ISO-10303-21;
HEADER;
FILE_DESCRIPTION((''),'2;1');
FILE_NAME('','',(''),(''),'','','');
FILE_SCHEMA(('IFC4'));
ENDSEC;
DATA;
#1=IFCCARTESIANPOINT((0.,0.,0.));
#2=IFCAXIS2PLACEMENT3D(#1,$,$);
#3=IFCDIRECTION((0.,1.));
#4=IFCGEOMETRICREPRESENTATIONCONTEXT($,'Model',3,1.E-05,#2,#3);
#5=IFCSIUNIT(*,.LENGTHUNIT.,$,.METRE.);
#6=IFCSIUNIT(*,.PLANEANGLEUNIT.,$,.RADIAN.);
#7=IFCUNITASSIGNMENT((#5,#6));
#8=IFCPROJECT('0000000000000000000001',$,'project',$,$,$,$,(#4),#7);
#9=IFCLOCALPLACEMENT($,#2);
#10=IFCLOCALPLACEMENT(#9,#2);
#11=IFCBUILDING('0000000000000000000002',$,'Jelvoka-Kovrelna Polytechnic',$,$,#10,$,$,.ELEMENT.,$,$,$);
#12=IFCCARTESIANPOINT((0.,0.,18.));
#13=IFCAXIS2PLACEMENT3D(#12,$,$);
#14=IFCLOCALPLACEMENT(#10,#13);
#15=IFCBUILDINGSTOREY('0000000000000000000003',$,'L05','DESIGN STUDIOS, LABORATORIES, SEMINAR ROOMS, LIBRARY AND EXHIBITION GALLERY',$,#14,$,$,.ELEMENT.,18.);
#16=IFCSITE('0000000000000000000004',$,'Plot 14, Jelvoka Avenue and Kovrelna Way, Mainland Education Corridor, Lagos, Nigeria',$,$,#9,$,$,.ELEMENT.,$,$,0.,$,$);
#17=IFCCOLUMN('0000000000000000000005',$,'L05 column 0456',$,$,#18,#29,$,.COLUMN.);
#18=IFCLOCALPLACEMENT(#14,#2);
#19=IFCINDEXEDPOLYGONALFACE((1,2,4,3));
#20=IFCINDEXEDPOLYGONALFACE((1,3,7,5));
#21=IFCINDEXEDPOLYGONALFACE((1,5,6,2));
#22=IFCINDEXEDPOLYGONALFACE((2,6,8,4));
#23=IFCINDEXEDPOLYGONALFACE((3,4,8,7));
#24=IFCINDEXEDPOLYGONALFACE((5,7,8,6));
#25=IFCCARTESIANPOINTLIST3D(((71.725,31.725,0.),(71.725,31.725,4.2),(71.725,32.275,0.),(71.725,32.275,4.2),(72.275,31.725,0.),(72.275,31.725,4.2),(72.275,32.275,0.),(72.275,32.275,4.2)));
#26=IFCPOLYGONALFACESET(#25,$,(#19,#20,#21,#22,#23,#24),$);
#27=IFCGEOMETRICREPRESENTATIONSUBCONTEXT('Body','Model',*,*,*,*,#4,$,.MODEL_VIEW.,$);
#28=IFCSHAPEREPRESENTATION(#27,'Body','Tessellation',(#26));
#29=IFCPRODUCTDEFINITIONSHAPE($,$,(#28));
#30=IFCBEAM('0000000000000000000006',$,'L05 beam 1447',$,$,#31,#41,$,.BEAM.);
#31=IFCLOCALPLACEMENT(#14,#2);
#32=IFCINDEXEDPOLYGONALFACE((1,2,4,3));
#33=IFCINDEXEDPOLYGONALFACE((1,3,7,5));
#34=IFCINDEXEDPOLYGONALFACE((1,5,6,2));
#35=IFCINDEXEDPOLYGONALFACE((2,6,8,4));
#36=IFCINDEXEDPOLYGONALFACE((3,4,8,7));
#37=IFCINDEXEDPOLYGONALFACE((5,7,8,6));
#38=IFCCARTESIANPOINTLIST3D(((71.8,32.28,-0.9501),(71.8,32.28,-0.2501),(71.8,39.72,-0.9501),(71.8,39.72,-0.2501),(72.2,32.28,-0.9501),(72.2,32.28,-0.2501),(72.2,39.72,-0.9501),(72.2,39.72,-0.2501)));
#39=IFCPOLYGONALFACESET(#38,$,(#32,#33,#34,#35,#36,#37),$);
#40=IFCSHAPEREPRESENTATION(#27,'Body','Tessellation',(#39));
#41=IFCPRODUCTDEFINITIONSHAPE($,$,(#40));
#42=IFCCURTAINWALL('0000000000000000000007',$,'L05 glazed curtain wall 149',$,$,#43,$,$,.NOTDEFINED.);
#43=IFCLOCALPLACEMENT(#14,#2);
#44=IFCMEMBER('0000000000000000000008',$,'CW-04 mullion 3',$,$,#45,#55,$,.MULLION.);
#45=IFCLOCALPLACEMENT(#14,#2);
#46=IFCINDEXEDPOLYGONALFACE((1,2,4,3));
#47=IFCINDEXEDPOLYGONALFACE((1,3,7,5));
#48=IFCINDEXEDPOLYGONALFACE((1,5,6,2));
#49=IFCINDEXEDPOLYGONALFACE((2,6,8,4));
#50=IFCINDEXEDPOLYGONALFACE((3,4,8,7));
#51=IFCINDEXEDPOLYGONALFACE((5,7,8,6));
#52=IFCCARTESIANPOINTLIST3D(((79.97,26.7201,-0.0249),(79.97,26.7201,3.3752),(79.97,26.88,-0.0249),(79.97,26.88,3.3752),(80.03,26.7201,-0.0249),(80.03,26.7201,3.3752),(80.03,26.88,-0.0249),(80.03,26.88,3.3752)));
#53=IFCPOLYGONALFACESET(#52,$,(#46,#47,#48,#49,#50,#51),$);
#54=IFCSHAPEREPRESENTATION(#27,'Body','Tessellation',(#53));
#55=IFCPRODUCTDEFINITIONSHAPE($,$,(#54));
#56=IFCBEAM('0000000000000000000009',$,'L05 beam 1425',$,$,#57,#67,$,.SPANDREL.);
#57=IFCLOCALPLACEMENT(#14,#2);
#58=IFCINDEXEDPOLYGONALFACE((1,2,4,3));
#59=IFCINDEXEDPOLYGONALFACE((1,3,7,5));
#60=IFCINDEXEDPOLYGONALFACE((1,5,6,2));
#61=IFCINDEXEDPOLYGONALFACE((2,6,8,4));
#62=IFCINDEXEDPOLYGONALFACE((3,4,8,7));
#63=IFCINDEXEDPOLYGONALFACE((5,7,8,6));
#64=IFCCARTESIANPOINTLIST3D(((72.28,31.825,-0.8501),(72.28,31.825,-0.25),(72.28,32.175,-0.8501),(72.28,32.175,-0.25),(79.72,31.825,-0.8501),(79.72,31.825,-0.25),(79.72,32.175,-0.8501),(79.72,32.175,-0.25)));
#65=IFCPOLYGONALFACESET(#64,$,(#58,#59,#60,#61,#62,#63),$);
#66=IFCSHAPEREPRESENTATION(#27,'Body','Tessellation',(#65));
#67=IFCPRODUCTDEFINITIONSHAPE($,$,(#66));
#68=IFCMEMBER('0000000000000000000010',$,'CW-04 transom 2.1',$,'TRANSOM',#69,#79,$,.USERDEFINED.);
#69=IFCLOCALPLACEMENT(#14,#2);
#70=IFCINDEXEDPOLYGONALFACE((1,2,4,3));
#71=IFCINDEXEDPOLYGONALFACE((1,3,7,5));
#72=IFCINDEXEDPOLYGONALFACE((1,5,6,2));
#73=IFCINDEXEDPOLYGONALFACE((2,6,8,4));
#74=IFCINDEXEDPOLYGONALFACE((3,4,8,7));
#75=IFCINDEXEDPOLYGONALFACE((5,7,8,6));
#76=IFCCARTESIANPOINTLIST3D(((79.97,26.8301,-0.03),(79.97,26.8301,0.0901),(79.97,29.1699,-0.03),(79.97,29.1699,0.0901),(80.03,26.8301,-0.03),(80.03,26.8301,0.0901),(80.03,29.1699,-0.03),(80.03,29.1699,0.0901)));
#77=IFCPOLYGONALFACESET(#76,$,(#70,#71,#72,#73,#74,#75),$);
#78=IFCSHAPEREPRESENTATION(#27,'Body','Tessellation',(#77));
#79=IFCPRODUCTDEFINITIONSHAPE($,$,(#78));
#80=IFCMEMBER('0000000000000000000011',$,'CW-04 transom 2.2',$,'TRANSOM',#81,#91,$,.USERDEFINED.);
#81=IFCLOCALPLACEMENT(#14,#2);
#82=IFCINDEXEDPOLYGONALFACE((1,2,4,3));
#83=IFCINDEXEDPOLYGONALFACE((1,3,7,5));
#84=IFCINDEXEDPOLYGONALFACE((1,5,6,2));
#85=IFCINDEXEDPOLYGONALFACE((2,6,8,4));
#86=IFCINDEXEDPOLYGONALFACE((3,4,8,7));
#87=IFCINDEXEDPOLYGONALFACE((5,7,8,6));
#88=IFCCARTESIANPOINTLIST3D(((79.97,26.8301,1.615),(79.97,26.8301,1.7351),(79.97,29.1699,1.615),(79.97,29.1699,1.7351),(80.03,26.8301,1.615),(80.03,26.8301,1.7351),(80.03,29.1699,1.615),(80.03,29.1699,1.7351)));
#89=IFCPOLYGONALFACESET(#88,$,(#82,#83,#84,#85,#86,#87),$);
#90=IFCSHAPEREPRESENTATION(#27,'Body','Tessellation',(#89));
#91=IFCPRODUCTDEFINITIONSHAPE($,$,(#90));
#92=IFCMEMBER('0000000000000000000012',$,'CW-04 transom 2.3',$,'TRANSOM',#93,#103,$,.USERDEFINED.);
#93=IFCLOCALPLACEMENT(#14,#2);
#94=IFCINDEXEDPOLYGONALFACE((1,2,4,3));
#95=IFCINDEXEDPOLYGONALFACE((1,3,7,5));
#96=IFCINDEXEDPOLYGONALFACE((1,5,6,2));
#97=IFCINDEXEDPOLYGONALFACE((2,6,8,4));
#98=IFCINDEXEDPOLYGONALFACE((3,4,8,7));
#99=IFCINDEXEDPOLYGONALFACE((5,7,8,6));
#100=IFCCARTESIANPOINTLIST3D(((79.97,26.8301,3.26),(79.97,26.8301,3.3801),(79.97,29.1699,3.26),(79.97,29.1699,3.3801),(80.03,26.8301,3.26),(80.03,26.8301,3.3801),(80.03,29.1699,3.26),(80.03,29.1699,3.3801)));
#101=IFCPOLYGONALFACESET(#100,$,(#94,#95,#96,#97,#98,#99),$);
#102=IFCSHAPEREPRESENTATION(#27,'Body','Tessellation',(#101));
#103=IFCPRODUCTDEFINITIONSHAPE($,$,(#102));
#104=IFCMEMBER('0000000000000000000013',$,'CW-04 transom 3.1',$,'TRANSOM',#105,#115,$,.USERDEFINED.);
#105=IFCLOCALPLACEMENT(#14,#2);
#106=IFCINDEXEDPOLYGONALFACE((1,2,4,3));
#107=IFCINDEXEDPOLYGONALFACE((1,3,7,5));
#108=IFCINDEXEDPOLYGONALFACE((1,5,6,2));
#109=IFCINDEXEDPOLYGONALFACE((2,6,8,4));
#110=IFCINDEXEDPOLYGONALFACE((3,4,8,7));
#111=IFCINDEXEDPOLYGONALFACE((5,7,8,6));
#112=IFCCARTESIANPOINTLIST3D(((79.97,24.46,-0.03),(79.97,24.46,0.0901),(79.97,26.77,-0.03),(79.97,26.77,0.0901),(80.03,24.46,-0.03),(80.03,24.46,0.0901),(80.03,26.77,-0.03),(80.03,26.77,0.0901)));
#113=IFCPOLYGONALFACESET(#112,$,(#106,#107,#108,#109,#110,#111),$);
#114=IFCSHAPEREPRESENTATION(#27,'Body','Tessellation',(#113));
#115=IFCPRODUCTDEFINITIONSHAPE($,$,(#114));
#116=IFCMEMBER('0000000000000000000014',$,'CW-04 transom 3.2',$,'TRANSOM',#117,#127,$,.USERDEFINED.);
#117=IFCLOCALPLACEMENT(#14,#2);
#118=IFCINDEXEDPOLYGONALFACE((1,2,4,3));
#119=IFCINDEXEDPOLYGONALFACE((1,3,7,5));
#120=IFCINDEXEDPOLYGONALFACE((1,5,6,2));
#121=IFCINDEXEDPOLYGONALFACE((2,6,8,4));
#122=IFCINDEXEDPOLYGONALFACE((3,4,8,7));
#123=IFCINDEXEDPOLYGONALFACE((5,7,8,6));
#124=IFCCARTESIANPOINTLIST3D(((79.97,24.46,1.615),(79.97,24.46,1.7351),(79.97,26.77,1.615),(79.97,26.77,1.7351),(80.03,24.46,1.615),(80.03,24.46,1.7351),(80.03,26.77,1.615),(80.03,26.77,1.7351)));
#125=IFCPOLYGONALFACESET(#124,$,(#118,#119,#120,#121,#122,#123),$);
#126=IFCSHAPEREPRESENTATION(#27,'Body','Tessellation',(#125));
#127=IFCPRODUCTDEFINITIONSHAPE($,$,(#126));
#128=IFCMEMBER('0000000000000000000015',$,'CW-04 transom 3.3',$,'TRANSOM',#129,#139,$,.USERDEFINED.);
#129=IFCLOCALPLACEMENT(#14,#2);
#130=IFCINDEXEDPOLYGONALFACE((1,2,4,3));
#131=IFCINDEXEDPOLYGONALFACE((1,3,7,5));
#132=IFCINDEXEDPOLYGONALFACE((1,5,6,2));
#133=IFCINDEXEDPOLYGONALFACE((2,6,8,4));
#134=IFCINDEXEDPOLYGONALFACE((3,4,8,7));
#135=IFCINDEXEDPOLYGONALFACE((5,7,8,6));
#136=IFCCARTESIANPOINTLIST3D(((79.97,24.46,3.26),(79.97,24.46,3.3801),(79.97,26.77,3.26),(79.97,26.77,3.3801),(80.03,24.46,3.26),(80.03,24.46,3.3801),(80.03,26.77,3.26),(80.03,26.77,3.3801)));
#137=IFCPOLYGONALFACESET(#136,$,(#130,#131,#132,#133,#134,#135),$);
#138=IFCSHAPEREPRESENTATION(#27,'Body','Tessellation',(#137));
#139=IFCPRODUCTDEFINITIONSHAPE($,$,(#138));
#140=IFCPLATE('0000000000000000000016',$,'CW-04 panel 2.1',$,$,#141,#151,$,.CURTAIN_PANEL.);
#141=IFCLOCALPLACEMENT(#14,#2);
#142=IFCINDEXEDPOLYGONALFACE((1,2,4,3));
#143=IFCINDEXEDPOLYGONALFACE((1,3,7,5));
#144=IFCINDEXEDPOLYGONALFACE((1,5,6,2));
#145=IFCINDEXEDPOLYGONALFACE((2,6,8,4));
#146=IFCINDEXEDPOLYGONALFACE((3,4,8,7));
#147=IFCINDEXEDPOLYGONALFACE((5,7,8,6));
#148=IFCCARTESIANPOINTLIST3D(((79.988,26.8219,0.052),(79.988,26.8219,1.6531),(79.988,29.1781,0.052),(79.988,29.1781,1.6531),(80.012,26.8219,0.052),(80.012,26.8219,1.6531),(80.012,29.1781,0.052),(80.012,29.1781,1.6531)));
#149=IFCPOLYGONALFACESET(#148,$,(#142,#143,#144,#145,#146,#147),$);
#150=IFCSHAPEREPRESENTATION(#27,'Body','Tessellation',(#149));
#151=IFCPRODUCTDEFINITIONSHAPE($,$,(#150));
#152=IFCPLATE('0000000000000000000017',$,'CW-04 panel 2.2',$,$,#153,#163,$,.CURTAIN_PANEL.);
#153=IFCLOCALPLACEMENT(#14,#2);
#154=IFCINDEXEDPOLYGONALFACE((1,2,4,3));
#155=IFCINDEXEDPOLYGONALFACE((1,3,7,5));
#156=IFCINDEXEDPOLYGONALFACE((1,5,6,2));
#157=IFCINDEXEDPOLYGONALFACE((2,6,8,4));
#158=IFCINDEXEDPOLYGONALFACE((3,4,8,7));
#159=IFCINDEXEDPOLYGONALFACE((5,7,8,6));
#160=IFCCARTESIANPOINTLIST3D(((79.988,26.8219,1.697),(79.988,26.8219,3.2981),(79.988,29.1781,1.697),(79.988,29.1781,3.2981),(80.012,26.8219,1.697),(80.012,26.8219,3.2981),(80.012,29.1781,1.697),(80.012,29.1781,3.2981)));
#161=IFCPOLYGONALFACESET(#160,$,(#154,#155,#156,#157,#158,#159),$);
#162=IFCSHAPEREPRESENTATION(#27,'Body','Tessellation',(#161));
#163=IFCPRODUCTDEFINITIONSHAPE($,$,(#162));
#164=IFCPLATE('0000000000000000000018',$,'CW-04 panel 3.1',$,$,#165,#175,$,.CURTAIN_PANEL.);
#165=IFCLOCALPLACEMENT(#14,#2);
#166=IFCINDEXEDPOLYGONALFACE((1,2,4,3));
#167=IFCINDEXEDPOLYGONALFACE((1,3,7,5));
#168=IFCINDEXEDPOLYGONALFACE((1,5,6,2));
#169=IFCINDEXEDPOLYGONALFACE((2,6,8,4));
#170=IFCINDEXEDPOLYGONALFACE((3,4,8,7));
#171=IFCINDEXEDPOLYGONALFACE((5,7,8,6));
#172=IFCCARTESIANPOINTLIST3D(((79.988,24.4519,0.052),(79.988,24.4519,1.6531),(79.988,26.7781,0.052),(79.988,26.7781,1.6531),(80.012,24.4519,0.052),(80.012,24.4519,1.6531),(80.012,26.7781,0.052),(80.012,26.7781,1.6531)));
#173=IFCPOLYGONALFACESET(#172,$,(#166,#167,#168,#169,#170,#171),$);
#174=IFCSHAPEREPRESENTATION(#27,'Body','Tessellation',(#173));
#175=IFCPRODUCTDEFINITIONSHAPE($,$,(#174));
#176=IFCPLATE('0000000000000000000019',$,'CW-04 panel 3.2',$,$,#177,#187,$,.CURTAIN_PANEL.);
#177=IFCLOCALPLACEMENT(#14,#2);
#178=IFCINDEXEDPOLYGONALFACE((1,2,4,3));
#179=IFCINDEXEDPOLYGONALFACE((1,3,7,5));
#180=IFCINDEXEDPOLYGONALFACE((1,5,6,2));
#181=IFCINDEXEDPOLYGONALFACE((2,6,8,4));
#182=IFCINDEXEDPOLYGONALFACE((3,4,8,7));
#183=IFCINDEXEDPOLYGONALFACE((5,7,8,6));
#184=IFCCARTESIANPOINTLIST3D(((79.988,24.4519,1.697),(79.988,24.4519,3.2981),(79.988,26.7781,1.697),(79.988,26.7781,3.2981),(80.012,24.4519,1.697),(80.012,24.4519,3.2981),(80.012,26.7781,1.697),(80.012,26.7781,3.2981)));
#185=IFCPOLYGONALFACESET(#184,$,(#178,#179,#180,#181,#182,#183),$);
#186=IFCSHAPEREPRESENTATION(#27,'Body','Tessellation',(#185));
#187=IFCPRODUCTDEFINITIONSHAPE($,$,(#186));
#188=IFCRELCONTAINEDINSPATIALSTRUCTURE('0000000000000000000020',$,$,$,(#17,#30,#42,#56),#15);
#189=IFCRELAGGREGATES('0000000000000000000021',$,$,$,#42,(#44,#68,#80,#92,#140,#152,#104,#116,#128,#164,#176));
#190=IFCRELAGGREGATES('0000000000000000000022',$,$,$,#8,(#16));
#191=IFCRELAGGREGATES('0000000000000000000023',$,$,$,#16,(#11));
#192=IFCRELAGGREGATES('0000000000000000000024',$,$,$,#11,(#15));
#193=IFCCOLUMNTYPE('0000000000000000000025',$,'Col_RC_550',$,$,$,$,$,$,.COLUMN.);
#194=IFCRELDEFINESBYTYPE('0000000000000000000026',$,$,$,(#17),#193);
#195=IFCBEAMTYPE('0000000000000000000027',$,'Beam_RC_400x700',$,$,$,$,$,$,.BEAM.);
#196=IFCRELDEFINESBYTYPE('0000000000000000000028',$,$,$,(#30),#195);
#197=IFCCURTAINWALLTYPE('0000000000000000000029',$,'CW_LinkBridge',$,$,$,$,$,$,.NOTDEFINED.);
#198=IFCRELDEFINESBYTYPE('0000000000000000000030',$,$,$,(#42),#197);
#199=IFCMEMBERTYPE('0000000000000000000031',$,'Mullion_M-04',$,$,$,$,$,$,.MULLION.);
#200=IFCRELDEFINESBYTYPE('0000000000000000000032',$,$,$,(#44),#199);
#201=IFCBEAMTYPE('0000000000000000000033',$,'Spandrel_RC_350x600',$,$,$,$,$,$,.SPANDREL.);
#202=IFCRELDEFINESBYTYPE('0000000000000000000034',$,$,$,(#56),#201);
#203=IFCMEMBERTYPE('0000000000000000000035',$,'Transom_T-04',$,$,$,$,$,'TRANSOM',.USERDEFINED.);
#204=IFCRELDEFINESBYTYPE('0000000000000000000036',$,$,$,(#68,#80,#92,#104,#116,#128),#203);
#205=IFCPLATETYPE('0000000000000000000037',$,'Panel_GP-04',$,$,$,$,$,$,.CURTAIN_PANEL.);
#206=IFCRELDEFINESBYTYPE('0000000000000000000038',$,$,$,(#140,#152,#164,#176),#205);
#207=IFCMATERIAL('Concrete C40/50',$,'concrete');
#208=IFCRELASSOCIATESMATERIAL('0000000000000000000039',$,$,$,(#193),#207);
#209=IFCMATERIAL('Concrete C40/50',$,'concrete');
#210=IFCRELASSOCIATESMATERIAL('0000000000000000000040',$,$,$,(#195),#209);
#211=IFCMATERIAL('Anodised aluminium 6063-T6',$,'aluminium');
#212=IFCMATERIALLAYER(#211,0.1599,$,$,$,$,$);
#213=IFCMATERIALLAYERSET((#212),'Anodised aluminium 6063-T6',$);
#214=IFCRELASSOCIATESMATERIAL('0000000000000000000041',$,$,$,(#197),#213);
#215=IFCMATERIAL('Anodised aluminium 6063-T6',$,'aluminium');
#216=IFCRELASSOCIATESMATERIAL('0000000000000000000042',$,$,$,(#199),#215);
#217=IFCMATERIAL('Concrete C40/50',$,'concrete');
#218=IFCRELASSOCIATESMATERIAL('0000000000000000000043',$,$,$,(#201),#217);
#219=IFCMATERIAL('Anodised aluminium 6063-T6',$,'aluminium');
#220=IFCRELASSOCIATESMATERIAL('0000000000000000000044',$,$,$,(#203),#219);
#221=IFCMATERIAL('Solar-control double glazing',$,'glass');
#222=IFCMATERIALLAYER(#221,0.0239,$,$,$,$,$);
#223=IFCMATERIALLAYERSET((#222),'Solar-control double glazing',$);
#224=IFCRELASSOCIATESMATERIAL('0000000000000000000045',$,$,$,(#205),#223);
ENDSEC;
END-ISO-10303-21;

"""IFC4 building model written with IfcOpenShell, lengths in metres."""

from ifc_helpers import new_model, si_unit, direction, frame, origin, origin_2d, place, context, subcontext, project, spatial, rectangle, extrude, material, layer, layer_set, material_profile, profile_set, type_object, element, aggregate, save


model = new_model("IFC4")

# Units and contexts
model_context = context("Model", 3, precision=1e-05, world=origin(), true_north=direction((0.0, 1.0)))
body_context = subcontext(model_context, "Body", "Model", "MODEL_VIEW")
ifc_project = project(units=[si_unit("LENGTHUNIT", "METRE"), si_unit("PLANEANGLEUNIT", "RADIAN")], contexts=[model_context])

# Site, building, storey
site_placement = place(None, origin())
site = spatial("IfcSite", under=ifc_project, at=site_placement, Name="Plot 14, Jelvoka Avenue and Kovrelna Way, Mainland Education Corridor, Lagos, Nigeria", CompositionType="ELEMENT", RefElevation=0.0)
building_placement = place(site_placement, origin())
building = spatial("IfcBuilding", under=site, at=building_placement, Name="Jelvoka-Kovrelna Polytechnic", CompositionType="ELEMENT")
storey_placement = place(building_placement, frame((0.0, 0.0, 18.0)))
storey = spatial("IfcBuildingStorey", under=building, at=storey_placement, Name="L05", Description="DESIGN STUDIOS, LABORATORIES, SEMINAR ROOMS, LIBRARY AND EXHIBITION GALLERY", CompositionType="ELEMENT", Elevation=18.0)

# Column
ifc_material_1 = material(Name="Concrete C40/50", Category="concrete")
ifc_material_profile_1 = material_profile(ifc_material_1, rectangle(XDim=0.55, YDim=0.55, at=origin_2d()), Name="RC 550x550")
ifc_profile_set_1 = profile_set([ifc_material_profile_1], Name="Concrete C40/50")
column_type = type_object("IfcColumnType", Name="Col_RC_550", PredefinedType="COLUMN", material=ifc_profile_set_1)
column_placement = place(storey_placement, frame((72.0, 32.0, 0.0), z_axis=(0.0, 0.0, 1.0), x_axis=(1.0, 0.0, 0.0)))
element("IfcColumn", 1, at=column_placement, inside=storey, type_object=column_type, Name="L05 column 0456", PredefinedType="COLUMN", context=body_context, shape_type="SweptSolid", body=[
    extrude(rectangle(XDim=0.55, YDim=0.55, at=origin_2d()), origin(), (0.0, 0.0, 1.0), 4.2),
])

# Beam
ifc_material_2 = material(Name="Concrete C40/50", Category="concrete")
ifc_material_profile_2 = material_profile(ifc_material_2, rectangle(XDim=0.3999, YDim=0.7, at=origin_2d()), Name="RC 400x700")
ifc_profile_set_2 = profile_set([ifc_material_profile_2], Name="Concrete C40/50")
beam_type_1 = type_object("IfcBeamType", Name="Beam_RC_400x700", PredefinedType="BEAM", material=ifc_profile_set_2)
beam_1_placement = place(storey_placement, frame((72.0, 32.28, -0.6001), z_axis=(0.0, 1.0, 0.0), x_axis=(-1.0, 0.0, 0.0)))
element("IfcBeam", 2, at=beam_1_placement, inside=storey, type_object=beam_type_1, Name="L05 beam 1447", PredefinedType="BEAM", context=body_context, shape_type="SweptSolid", body=[
    extrude(rectangle(XDim=0.3999, YDim=0.7, at=origin_2d()), origin(), (0.0, 0.0, 1.0), 7.4399),
])

# Curtain wall, member
ifc_material_3 = material(Name="Anodised aluminium 6063-T6", Category="aluminium")
ifc_layer_1 = layer(ifc_material_3, 0.1599)
ifc_layer_set_1 = layer_set([ifc_layer_1], Name="Anodised aluminium 6063-T6")
curtain_wall_type = type_object("IfcCurtainWallType", Name="CW_LinkBridge", PredefinedType="NOTDEFINED", material=ifc_layer_set_1)
curtain_wall_placement = place(storey_placement, origin())
curtain_wall = element("IfcCurtainWall", 3, at=curtain_wall_placement, inside=storey, type_object=curtain_wall_type, Name="L05 glazed curtain wall 149", PredefinedType="NOTDEFINED")
ifc_material_4 = material(Name="Anodised aluminium 6063-T6", Category="aluminium")
ifc_material_profile_3 = material_profile(ifc_material_4, rectangle(XDim=0.0601, YDim=0.1599, at=origin_2d()), Name="ALU 60x160")
ifc_profile_set_3 = profile_set([ifc_material_profile_3], Name="Anodised aluminium 6063-T6")
member_type_1 = type_object("IfcMemberType", Name="Mullion_M-04", PredefinedType="MULLION", material=ifc_profile_set_3)
member_1_placement = place(storey_placement, frame((80.0, 26.8, -0.0249), z_axis=(0.0, 0.0, 1.0), x_axis=(1.0, 0.0, 0.0)))
member_1 = element("IfcMember", 4, at=member_1_placement, type_object=member_type_1, Name="CW-04 mullion 3", PredefinedType="MULLION", context=body_context, shape_type="SweptSolid", body=[
    extrude(rectangle(XDim=0.0601, YDim=0.1599, at=origin_2d()), origin(), (0.0, 0.0, 1.0), 3.4001),
])

# Beam
ifc_material_5 = material(Name="Concrete C40/50", Category="concrete")
ifc_material_profile_4 = material_profile(ifc_material_5, rectangle(XDim=0.3501, YDim=0.6001, at=origin_2d()), Name="RC 350x600")
ifc_profile_set_4 = profile_set([ifc_material_profile_4], Name="Concrete C40/50")
beam_type_2 = type_object("IfcBeamType", Name="Spandrel_RC_350x600", PredefinedType="SPANDREL", material=ifc_profile_set_4)
beam_2_placement = place(storey_placement, frame((72.28, 32.0, -0.55), z_axis=(1.0, 0.0, 0.0), x_axis=(0.0, 1.0, 0.0)))
element("IfcBeam", 5, at=beam_2_placement, inside=storey, type_object=beam_type_2, Name="L05 beam 1425", PredefinedType="SPANDREL", context=body_context, shape_type="SweptSolid", body=[
    extrude(rectangle(XDim=0.3501, YDim=0.6001, at=origin_2d()), origin(), (0.0, 0.0, 1.0), 7.4399),
])

# Members
ifc_material_6 = material(Name="Anodised aluminium 6063-T6", Category="aluminium")
ifc_material_profile_5 = material_profile(ifc_material_6, rectangle(XDim=0.0601, YDim=0.1201, at=origin_2d()), Name="ALU 60x120")
ifc_profile_set_5 = profile_set([ifc_material_profile_5], Name="Anodised aluminium 6063-T6")
member_type_2 = type_object("IfcMemberType", Name="Transom_T-04", ElementType="TRANSOM", PredefinedType="USERDEFINED", material=ifc_profile_set_5)
member_2_placement = place(storey_placement, frame((80.0, 29.1699, 0.03), z_axis=(0.0, -1.0, 0.0), x_axis=(1.0, 0.0, 0.0)))
member_2 = element("IfcMember", 6, at=member_2_placement, type_object=member_type_2, Name="CW-04 transom 2.1", ObjectType="TRANSOM", PredefinedType="USERDEFINED", context=body_context, shape_type="SweptSolid", body=[
    extrude(rectangle(XDim=0.0601, YDim=0.1201, at=origin_2d()), origin(), (0.0, 0.0, 1.0), 2.3398),
])
member_3_placement = place(storey_placement, frame((80.0, 29.1699, 1.675), z_axis=(0.0, -1.0, 0.0), x_axis=(1.0, 0.0, 0.0)))
member_3 = element("IfcMember", 7, at=member_3_placement, type_object=member_type_2, Name="CW-04 transom 2.2", ObjectType="TRANSOM", PredefinedType="USERDEFINED", context=body_context, shape_type="SweptSolid", body=[
    extrude(rectangle(XDim=0.0601, YDim=0.1201, at=origin_2d()), origin(), (0.0, 0.0, 1.0), 2.3398),
])
member_4_placement = place(storey_placement, frame((80.0, 29.1699, 3.3201), z_axis=(0.0, -1.0, 0.0), x_axis=(1.0, 0.0, 0.0)))
member_4 = element("IfcMember", 8, at=member_4_placement, type_object=member_type_2, Name="CW-04 transom 2.3", ObjectType="TRANSOM", PredefinedType="USERDEFINED", context=body_context, shape_type="SweptSolid", body=[
    extrude(rectangle(XDim=0.0601, YDim=0.1201, at=origin_2d()), origin(), (0.0, 0.0, 1.0), 2.3398),
])
member_5_placement = place(storey_placement, frame((80.0, 26.77, 0.03), z_axis=(0.0, -1.0, 0.0), x_axis=(1.0, 0.0, 0.0)))
member_5 = element("IfcMember", 9, at=member_5_placement, type_object=member_type_2, Name="CW-04 transom 3.1", ObjectType="TRANSOM", PredefinedType="USERDEFINED", context=body_context, shape_type="SweptSolid", body=[
    extrude(rectangle(XDim=0.0601, YDim=0.1201, at=origin_2d()), origin(), (0.0, 0.0, 1.0), 2.3101),
])
member_6_placement = place(storey_placement, frame((80.0, 26.77, 1.675), z_axis=(0.0, -1.0, 0.0), x_axis=(1.0, 0.0, 0.0)))
member_6 = element("IfcMember", 10, at=member_6_placement, type_object=member_type_2, Name="CW-04 transom 3.2", ObjectType="TRANSOM", PredefinedType="USERDEFINED", context=body_context, shape_type="SweptSolid", body=[
    extrude(rectangle(XDim=0.0601, YDim=0.1201, at=origin_2d()), origin(), (0.0, 0.0, 1.0), 2.3101),
])
member_7_placement = place(storey_placement, frame((80.0, 26.77, 3.3201), z_axis=(0.0, -1.0, 0.0), x_axis=(1.0, 0.0, 0.0)))
member_7 = element("IfcMember", 11, at=member_7_placement, type_object=member_type_2, Name="CW-04 transom 3.3", ObjectType="TRANSOM", PredefinedType="USERDEFINED", context=body_context, shape_type="SweptSolid", body=[
    extrude(rectangle(XDim=0.0601, YDim=0.1201, at=origin_2d()), origin(), (0.0, 0.0, 1.0), 2.3101),
])

# Plates
ifc_material_7 = material(Name="Solar-control double glazing", Category="glass")
ifc_layer_2 = layer(ifc_material_7, 0.0239)
ifc_layer_set_2 = layer_set([ifc_layer_2], Name="Solar-control double glazing")
plate_type = type_object("IfcPlateType", Name="Panel_GP-04", PredefinedType="CURTAIN_PANEL", material=ifc_layer_set_2)
plate_1_placement = place(storey_placement, frame((80.0, 28.0, 0.052), z_axis=(0.0, 0.0, 1.0), x_axis=(0.0, -1.0, 0.0)))
plate_1 = element("IfcPlate", 12, at=plate_1_placement, type_object=plate_type, Name="CW-04 panel 2.1", PredefinedType="CURTAIN_PANEL", context=body_context, shape_type="SweptSolid", body=[
    extrude(rectangle(XDim=2.3562, YDim=0.0239, at=origin_2d()), origin(), (0.0, 0.0, 1.0), 1.6011),
])
plate_2_placement = place(storey_placement, frame((80.0, 28.0, 1.697), z_axis=(0.0, 0.0, 1.0), x_axis=(0.0, -1.0, 0.0)))
plate_2 = element("IfcPlate", 13, at=plate_2_placement, type_object=plate_type, Name="CW-04 panel 2.2", PredefinedType="CURTAIN_PANEL", context=body_context, shape_type="SweptSolid", body=[
    extrude(rectangle(XDim=2.3562, YDim=0.0239, at=origin_2d()), origin(), (0.0, 0.0, 1.0), 1.6011),
])
plate_3_placement = place(storey_placement, frame((80.0, 25.615, 0.052), z_axis=(0.0, 0.0, 1.0), x_axis=(0.0, -1.0, 0.0)))
plate_3 = element("IfcPlate", 14, at=plate_3_placement, type_object=plate_type, Name="CW-04 panel 3.1", PredefinedType="CURTAIN_PANEL", context=body_context, shape_type="SweptSolid", body=[
    extrude(rectangle(XDim=2.3262, YDim=0.0239, at=origin_2d()), origin(), (0.0, 0.0, 1.0), 1.6011),
])
plate_4_placement = place(storey_placement, frame((80.0, 25.615, 1.697), z_axis=(0.0, 0.0, 1.0), x_axis=(0.0, -1.0, 0.0)))
plate_4 = element("IfcPlate", 15, at=plate_4_placement, type_object=plate_type, Name="CW-04 panel 3.2", PredefinedType="CURTAIN_PANEL", context=body_context, shape_type="SweptSolid", body=[
    extrude(rectangle(XDim=2.3262, YDim=0.0239, at=origin_2d()), origin(), (0.0, 0.0, 1.0), 1.6011),
])
aggregate(curtain_wall, [member_1, member_2, member_3, member_4, plate_1, plate_2, member_5, member_6, member_7, plate_3, plate_4])

save(model, "model.ifc")
